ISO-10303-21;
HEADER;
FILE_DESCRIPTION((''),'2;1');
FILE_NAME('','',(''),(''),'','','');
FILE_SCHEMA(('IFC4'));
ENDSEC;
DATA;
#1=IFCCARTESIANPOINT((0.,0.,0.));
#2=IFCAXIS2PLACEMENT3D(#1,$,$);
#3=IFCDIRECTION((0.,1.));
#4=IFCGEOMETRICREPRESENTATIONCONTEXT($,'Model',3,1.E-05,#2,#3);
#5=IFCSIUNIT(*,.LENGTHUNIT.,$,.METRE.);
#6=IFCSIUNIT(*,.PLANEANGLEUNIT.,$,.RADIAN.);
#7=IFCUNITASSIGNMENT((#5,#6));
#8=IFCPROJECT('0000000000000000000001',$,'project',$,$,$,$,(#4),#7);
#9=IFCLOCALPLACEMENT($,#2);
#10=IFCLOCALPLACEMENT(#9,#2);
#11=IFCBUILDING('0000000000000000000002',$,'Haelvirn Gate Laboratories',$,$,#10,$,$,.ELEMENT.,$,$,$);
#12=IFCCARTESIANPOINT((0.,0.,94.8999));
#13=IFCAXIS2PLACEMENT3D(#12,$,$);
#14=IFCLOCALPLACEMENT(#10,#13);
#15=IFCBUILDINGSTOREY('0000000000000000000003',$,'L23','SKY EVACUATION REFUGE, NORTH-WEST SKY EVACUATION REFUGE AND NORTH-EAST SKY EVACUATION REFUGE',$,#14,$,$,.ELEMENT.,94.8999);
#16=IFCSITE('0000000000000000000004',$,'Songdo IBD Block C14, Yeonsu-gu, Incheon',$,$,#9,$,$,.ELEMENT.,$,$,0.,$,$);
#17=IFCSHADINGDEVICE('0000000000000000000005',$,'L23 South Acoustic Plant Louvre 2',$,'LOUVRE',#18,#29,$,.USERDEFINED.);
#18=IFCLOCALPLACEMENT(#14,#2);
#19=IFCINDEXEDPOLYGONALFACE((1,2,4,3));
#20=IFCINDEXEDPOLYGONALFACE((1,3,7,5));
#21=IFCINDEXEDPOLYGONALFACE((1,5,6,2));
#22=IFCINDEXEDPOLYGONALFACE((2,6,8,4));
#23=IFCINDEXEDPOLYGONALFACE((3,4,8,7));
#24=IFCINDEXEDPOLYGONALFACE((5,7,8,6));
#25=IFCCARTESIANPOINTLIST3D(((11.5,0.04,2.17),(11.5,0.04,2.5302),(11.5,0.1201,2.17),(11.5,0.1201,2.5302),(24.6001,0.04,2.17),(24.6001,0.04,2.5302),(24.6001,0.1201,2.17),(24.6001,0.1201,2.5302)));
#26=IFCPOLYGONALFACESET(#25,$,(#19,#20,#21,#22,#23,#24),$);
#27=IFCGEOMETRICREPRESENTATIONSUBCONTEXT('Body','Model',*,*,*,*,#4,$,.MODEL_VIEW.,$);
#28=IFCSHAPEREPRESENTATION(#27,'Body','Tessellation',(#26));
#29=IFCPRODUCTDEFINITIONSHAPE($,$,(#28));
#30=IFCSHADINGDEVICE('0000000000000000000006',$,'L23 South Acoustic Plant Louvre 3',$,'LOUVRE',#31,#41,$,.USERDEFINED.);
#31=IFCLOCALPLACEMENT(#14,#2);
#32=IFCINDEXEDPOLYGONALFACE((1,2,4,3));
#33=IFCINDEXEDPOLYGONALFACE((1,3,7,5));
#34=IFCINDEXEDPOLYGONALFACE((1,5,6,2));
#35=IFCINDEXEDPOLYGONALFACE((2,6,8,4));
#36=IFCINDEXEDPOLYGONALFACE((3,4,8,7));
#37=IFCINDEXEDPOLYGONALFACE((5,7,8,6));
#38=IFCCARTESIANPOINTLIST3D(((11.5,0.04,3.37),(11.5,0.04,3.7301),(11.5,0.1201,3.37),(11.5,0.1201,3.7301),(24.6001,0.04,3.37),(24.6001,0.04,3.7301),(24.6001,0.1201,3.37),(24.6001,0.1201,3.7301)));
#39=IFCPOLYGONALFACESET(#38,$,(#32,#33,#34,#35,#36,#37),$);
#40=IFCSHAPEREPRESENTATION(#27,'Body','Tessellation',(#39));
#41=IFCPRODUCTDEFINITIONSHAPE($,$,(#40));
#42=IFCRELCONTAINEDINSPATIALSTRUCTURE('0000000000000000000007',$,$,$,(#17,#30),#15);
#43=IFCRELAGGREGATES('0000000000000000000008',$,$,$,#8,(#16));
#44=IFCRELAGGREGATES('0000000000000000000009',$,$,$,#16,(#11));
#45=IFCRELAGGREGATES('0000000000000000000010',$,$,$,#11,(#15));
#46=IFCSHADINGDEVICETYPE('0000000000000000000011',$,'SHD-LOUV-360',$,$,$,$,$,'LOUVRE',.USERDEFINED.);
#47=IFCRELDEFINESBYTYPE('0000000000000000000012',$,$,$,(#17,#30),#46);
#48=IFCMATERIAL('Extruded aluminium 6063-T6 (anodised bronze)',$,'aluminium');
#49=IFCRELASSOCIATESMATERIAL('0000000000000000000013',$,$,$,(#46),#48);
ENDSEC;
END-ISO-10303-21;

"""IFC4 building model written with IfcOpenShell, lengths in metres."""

from ifc_helpers import new_model, si_unit, direction, frame, origin, origin_2d, place, context, subcontext, project, spatial, rectangle, extrude, source, transform, mapped, material, material_profile, profile_set, type_object, type_shapes, element, save


model = new_model("IFC4")

# Units and contexts
model_context = context("Model", 3, precision=1e-05, world=origin(), true_north=direction((0.0, 1.0)))
body_context = subcontext(model_context, "Body", "Model", "MODEL_VIEW")
ifc_project = project(units=[si_unit("LENGTHUNIT", "METRE"), si_unit("PLANEANGLEUNIT", "RADIAN")], contexts=[model_context])

# Site, building, storey
site_placement = place(None, origin())
site = spatial("IfcSite", under=ifc_project, at=site_placement, Name="Songdo IBD Block C14, Yeonsu-gu, Incheon", CompositionType="ELEMENT", RefElevation=0.0)
building_placement = place(site_placement, origin())
building = spatial("IfcBuilding", under=site, at=building_placement, Name="Haelvirn Gate Laboratories", CompositionType="ELEMENT")
storey_placement = place(building_placement, frame((0.0, 0.0, 94.8999)))
storey = spatial("IfcBuildingStorey", under=building, at=storey_placement, Name="L23", Description="SKY EVACUATION REFUGE, NORTH-WEST SKY EVACUATION REFUGE AND NORTH-EAST SKY EVACUATION REFUGE", CompositionType="ELEMENT", Elevation=94.8999)

# Shared definitions
ifc_material_1 = material(Name="Extruded aluminium 6063-T6 (anodised bronze)", Category="aluminium")

# Shading devices
ifc_material_profile_1 = material_profile(ifc_material_1, rectangle(XDim=0.0801, YDim=0.3601, at=origin_2d()), Name="LOUV-360x80")
ifc_profile_set_1 = profile_set([ifc_material_profile_1], Name="Extruded aluminium 6063-T6 (anodised bronze)")
shading_device_type = type_object("IfcShadingDeviceType", Name="SHD-LOUV-360", ElementType="LOUVRE", PredefinedType="USERDEFINED", material=ifc_profile_set_1)
shared_shape_1 = source(origin(), body_context, "Body", "SweptSolid", [
    extrude(rectangle(XDim=0.0801, YDim=0.3601, at=origin_2d()), origin(), (0.0, 0.0, 1.0), 13.1001),
])
type_shapes(shading_device_type, [shared_shape_1])
for number, where, z_axis, x_axis, name in (
    (1, (11.5, 0.0801, 2.3501), (1.0, 0.0, 0.0), (0.0, 1.0, 0.0), "L23 South Acoustic Plant Louvre 2"),
    (2, (11.5, 0.0801, 3.55), (1.0, 0.0, 0.0), (0.0, 1.0, 0.0), "L23 South Acoustic Plant Louvre 3"),
):
    element("IfcShadingDevice", number, at=place(storey_placement, frame(where, z_axis=z_axis, x_axis=x_axis)), inside=storey, type_object=shading_device_type, Name=name, ObjectType="LOUVRE", PredefinedType="USERDEFINED", context=body_context, shape_type="MappedRepresentation", body=[
        mapped(shared_shape_1, transform((0.0, 0.0, 0.0), scale=1.0)),
    ])

save(model, "model.ifc")
